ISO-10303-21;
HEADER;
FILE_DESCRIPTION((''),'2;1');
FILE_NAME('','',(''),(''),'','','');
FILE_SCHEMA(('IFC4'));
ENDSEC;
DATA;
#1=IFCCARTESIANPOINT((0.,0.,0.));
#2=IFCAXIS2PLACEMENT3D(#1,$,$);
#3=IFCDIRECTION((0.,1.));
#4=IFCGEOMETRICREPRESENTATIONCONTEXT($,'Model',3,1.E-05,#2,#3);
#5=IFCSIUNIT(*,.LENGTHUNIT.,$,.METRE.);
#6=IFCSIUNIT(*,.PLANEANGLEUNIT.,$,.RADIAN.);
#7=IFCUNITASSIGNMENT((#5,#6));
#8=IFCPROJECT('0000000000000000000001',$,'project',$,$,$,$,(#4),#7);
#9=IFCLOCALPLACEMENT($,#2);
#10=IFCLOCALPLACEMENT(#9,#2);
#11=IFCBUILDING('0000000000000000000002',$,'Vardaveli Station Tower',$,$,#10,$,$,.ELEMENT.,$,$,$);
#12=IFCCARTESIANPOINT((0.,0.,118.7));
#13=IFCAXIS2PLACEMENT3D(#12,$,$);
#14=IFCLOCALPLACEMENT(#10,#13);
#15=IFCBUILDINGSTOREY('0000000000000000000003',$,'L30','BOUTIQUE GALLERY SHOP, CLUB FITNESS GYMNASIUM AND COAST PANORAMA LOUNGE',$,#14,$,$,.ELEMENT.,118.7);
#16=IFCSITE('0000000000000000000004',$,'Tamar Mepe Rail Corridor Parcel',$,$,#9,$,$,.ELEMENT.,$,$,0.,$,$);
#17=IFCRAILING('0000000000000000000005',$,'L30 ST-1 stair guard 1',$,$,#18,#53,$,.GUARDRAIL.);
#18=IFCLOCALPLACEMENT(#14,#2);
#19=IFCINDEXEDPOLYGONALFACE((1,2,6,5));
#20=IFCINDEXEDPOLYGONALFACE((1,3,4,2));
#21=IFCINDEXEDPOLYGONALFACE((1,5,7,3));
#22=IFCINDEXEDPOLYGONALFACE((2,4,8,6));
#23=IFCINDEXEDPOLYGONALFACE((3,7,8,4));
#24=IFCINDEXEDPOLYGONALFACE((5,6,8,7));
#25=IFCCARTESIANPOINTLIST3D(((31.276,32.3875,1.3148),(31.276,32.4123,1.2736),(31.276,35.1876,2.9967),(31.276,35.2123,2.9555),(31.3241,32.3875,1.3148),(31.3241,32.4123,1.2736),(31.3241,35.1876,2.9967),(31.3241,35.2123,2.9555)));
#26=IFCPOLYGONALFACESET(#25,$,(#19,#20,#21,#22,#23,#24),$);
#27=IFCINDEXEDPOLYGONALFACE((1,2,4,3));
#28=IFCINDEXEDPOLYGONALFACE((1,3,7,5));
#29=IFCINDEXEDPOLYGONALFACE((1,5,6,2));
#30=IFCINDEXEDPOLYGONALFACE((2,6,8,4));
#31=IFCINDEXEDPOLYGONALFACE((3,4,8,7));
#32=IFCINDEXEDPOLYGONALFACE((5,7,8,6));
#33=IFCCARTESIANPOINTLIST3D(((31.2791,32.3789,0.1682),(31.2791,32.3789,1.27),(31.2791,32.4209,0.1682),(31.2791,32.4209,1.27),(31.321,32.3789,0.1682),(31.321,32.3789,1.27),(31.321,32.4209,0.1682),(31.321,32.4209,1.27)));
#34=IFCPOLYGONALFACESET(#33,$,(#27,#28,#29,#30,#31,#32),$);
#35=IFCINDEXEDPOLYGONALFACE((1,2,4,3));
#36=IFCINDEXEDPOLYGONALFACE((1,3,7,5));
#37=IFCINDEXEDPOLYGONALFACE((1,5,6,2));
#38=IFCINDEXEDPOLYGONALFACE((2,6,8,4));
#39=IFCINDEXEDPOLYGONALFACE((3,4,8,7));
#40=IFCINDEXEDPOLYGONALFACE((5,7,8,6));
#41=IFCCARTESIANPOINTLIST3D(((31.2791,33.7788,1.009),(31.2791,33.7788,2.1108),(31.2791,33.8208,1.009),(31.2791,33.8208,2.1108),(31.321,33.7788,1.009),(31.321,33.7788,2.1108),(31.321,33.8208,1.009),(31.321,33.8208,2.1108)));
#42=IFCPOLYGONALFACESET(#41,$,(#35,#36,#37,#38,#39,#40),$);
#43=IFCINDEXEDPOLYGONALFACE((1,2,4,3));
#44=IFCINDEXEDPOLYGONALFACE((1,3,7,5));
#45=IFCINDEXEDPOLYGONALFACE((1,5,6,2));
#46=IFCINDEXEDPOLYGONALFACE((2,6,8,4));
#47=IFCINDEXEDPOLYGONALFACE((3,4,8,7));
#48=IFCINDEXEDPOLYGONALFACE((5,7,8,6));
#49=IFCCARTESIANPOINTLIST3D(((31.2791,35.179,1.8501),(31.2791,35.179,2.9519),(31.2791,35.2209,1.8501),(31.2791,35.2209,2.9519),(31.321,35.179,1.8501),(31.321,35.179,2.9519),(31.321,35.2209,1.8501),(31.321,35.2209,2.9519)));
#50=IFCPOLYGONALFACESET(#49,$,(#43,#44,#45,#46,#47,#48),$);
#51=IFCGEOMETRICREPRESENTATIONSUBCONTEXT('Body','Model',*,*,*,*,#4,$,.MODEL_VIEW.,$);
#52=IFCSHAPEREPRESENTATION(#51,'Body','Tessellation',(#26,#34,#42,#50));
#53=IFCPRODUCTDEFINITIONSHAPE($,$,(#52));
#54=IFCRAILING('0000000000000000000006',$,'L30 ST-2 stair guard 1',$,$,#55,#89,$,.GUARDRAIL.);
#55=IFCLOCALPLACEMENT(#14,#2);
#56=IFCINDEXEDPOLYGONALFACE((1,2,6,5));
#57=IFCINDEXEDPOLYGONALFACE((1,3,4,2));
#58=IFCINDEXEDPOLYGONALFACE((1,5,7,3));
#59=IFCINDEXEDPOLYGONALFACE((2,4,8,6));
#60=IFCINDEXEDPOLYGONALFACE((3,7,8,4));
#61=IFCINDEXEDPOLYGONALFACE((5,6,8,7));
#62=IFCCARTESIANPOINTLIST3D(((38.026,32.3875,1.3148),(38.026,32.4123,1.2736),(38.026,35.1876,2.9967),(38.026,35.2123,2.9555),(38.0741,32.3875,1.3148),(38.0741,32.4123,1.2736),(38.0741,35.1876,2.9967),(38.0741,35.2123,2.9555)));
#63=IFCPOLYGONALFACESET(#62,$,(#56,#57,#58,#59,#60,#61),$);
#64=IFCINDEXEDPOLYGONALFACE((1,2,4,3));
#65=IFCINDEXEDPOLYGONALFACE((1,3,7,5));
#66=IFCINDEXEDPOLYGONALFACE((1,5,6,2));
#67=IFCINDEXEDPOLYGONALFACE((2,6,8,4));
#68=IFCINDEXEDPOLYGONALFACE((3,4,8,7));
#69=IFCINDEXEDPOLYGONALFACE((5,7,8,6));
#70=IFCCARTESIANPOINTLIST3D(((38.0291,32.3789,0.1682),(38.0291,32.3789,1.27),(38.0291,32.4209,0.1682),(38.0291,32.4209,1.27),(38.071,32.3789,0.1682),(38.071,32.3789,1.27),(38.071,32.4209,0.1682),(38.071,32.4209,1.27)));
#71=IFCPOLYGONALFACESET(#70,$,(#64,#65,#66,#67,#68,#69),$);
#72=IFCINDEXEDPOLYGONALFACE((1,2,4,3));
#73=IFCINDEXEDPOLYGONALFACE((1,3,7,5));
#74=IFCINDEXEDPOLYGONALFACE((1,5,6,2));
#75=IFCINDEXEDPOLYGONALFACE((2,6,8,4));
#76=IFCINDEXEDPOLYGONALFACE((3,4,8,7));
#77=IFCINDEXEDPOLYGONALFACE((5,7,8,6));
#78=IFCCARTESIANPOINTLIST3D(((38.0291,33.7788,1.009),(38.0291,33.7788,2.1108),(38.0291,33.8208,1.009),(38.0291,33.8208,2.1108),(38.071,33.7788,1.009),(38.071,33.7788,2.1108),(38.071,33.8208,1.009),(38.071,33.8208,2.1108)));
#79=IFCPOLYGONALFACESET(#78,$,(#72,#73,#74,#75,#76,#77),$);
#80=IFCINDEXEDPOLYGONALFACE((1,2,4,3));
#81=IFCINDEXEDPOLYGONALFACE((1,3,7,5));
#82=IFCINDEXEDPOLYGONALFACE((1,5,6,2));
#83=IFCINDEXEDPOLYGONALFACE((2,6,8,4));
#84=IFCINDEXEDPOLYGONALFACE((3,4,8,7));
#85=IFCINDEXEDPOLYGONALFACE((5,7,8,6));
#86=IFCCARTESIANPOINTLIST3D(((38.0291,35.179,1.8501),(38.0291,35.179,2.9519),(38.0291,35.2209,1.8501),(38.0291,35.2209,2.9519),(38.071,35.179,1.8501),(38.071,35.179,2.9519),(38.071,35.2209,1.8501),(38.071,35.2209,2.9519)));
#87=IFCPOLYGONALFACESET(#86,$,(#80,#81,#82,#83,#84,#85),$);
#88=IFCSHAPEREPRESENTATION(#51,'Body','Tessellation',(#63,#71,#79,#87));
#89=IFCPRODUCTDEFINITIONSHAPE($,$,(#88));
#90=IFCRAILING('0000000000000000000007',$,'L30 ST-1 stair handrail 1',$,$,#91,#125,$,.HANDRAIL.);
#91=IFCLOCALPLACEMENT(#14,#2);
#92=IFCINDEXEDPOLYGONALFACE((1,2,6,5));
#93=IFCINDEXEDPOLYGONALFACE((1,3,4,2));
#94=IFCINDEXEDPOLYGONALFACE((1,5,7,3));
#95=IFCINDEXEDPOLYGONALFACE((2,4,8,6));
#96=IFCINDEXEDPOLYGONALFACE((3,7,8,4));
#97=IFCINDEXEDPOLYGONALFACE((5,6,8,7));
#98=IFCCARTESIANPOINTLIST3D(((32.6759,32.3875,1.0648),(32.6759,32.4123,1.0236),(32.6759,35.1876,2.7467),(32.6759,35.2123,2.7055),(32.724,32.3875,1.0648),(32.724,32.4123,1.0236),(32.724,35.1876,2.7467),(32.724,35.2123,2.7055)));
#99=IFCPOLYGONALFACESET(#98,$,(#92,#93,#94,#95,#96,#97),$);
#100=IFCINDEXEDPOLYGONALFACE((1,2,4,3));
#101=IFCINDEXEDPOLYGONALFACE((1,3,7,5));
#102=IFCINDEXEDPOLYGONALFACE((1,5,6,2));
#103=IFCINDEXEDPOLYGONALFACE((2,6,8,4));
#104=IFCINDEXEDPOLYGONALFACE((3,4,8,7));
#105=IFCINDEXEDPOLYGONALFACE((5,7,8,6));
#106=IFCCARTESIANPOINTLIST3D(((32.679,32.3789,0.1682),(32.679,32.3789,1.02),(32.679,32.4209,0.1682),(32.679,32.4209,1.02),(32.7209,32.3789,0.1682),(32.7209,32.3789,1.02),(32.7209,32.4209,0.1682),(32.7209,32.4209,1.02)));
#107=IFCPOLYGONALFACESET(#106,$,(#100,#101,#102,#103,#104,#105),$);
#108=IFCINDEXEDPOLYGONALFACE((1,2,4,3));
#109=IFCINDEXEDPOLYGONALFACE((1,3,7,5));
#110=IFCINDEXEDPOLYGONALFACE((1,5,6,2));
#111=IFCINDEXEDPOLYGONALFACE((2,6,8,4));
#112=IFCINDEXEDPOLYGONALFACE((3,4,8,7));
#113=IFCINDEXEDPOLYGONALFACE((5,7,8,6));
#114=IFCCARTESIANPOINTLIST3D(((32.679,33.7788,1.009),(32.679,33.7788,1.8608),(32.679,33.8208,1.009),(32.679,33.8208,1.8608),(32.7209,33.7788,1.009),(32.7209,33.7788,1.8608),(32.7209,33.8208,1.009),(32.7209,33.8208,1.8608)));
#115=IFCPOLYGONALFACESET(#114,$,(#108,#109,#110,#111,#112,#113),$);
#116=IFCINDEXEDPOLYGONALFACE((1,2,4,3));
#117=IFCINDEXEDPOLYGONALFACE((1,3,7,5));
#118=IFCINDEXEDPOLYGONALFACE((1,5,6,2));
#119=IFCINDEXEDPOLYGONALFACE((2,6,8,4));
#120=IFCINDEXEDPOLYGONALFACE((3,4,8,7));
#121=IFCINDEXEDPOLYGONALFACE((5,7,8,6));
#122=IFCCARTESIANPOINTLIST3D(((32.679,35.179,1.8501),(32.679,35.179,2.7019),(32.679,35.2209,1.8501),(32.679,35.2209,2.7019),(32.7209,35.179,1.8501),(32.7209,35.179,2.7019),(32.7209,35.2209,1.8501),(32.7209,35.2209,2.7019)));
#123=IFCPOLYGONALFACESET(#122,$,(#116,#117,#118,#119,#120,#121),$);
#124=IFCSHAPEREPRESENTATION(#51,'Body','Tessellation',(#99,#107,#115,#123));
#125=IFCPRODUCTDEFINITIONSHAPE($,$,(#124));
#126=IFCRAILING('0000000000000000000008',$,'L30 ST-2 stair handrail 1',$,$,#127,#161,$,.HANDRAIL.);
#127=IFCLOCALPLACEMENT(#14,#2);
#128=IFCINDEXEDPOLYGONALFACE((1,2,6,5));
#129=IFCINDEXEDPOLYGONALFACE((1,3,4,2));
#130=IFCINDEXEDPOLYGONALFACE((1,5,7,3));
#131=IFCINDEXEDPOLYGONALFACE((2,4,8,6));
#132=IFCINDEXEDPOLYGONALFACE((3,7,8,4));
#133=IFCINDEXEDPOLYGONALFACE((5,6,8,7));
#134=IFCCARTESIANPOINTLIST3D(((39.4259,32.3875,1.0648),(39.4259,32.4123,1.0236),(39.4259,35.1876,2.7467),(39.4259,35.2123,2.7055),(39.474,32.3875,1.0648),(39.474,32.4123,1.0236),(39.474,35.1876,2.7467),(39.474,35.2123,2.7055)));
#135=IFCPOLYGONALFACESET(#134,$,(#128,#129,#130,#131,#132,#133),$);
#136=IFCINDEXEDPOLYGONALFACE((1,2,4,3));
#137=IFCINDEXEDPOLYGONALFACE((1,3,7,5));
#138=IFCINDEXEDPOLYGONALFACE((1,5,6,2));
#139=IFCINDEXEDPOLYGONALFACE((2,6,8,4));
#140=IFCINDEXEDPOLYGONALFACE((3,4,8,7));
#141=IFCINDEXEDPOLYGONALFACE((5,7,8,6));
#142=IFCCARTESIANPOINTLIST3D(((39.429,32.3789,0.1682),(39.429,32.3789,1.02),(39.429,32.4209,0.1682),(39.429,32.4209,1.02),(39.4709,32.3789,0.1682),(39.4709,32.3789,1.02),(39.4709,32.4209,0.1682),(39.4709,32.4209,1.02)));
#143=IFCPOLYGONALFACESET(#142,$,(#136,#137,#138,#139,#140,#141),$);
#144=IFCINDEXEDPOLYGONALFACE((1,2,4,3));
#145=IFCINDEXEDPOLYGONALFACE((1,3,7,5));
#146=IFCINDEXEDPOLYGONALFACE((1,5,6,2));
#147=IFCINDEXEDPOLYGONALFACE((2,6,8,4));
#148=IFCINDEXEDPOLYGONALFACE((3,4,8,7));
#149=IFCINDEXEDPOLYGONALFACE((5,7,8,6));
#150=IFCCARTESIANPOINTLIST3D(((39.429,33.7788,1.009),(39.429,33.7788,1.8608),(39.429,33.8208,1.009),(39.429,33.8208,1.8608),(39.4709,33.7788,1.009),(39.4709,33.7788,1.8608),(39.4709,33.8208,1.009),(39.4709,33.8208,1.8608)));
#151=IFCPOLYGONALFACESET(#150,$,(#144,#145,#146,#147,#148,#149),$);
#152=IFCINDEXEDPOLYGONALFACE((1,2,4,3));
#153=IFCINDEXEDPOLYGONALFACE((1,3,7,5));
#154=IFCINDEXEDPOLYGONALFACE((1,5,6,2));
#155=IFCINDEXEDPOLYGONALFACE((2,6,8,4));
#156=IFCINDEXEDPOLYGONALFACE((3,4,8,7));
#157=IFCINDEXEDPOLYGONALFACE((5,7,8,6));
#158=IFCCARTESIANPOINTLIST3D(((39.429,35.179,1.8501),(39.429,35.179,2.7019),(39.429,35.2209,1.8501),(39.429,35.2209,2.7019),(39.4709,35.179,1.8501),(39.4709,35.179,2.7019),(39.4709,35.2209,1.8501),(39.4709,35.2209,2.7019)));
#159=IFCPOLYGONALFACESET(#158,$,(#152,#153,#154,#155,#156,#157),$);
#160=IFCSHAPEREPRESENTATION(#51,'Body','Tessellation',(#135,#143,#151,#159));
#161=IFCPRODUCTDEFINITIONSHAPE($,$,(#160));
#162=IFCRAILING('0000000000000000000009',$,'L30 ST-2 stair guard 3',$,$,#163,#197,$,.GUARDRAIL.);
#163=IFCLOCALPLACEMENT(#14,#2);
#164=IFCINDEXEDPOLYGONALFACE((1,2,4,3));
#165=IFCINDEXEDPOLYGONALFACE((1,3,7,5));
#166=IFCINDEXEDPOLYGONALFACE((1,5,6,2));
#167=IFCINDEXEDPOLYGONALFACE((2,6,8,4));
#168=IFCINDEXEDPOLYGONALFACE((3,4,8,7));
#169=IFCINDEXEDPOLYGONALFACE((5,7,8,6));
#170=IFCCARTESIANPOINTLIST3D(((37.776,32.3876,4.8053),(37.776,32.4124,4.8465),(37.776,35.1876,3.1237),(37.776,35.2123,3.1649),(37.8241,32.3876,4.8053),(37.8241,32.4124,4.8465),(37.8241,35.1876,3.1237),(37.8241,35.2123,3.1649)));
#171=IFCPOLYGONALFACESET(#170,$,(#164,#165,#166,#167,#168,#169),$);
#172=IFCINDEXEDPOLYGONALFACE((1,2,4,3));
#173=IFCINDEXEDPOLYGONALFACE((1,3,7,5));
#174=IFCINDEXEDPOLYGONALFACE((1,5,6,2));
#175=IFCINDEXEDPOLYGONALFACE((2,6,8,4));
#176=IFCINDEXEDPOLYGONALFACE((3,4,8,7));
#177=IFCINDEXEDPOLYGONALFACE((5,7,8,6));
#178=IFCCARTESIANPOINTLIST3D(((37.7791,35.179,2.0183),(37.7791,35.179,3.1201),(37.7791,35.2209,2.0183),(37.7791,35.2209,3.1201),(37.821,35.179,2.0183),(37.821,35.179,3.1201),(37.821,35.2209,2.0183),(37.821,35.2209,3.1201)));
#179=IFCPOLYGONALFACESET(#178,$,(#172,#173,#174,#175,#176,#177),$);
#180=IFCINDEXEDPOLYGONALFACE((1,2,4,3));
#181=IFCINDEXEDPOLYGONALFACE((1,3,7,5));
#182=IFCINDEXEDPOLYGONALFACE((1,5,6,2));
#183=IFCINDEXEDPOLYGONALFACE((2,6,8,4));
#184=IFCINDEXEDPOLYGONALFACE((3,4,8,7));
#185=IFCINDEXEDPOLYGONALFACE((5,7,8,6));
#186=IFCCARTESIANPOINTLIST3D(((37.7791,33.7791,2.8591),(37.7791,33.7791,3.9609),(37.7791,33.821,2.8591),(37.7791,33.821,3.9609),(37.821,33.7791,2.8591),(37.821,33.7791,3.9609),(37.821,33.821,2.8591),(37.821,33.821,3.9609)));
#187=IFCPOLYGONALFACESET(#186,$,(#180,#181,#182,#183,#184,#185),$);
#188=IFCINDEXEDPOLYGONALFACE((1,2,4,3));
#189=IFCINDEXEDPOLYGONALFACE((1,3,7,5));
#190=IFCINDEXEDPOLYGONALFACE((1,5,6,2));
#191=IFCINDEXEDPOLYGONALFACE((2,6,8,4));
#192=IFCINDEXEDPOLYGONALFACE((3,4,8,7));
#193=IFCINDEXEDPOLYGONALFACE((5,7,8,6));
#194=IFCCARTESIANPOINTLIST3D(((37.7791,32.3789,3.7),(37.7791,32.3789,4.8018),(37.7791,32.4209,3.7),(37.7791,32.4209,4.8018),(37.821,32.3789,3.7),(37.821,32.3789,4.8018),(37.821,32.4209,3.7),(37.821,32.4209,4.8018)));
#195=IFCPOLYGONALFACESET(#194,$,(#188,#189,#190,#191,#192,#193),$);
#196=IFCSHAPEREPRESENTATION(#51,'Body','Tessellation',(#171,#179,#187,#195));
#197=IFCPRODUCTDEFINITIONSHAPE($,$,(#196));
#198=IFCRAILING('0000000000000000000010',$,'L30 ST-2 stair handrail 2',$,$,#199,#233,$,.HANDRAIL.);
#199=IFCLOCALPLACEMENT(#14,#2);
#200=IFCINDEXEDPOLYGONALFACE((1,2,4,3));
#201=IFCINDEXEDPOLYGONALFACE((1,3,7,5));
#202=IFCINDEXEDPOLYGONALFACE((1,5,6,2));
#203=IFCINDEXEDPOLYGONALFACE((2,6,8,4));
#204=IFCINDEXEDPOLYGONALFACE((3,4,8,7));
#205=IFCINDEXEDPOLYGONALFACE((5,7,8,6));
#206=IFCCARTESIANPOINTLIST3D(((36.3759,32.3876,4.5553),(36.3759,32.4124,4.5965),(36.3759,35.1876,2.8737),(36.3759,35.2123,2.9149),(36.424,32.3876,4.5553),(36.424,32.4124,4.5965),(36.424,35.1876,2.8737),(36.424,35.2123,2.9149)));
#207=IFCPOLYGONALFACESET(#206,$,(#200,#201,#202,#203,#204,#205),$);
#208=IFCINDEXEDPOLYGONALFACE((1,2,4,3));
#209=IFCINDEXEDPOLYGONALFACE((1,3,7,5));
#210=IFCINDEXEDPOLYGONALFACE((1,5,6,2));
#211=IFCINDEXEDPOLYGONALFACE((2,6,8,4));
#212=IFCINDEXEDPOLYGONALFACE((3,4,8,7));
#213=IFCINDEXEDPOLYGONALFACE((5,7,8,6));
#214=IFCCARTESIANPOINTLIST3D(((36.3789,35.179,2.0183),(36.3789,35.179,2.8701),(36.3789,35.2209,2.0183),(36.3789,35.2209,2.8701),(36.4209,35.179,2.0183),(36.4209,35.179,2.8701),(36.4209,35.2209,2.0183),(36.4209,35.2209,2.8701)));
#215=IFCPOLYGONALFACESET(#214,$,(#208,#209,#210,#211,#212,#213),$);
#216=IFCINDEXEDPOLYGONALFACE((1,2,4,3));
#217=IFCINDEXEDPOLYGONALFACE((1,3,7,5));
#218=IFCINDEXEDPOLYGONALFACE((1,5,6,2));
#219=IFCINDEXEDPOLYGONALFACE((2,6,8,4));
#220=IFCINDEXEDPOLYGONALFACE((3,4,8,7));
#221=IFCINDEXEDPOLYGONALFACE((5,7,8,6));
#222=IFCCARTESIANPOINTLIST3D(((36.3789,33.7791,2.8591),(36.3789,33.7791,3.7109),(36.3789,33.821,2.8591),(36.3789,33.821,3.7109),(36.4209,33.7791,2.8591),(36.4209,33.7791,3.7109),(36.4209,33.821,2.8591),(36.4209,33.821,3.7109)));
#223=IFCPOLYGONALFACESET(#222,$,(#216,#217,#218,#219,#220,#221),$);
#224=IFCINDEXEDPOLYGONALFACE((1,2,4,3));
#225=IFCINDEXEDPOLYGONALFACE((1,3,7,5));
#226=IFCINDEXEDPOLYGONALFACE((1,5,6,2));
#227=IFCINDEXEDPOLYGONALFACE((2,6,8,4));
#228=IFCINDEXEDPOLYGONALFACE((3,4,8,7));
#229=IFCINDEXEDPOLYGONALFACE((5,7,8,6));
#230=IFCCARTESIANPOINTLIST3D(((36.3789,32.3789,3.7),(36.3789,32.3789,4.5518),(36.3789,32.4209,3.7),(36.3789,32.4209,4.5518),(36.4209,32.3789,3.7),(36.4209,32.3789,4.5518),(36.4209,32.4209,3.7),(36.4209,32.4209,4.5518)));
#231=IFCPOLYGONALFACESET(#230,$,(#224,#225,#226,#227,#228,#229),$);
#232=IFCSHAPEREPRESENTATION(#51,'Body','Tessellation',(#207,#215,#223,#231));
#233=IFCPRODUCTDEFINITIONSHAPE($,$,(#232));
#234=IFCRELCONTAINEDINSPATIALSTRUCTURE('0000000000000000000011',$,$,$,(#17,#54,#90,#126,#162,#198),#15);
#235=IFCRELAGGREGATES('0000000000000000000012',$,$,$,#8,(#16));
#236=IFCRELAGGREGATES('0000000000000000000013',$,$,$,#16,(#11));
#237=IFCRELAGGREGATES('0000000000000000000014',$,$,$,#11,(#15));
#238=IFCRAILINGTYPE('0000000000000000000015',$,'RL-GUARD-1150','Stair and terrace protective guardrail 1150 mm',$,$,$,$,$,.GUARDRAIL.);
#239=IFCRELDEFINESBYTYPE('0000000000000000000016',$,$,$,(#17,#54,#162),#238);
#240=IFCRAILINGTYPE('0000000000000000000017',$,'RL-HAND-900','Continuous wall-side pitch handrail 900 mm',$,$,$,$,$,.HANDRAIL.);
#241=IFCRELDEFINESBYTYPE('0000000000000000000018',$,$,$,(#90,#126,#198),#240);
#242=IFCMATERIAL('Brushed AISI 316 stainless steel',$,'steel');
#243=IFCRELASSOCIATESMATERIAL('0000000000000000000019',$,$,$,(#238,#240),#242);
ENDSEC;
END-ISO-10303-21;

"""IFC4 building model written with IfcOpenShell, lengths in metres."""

from ifc_helpers import new_model, si_unit, direction, frame, origin, origin_2d, place, context, subcontext, project, spatial, rectangle, extrude, source, transform, mapped, material, type_object, element, save


model = new_model("IFC4")

# Units and contexts
model_context = context("Model", 3, precision=1e-05, world=origin(), true_north=direction((0.0, 1.0)))
body_context = subcontext(model_context, "Body", "Model", "MODEL_VIEW")
ifc_project = project(units=[si_unit("LENGTHUNIT", "METRE"), si_unit("PLANEANGLEUNIT", "RADIAN")], contexts=[model_context])

# Site, building, storey
site_placement = place(None, origin())
site = spatial("IfcSite", under=ifc_project, at=site_placement, Name="Tamar Mepe Rail Corridor Parcel", CompositionType="ELEMENT", RefElevation=0.0)
building_placement = place(site_placement, origin())
building = spatial("IfcBuilding", under=site, at=building_placement, Name="Vardaveli Station Tower", CompositionType="ELEMENT")
storey_placement = place(building_placement, frame((0.0, 0.0, 118.7)))
storey = spatial("IfcBuildingStorey", under=building, at=storey_placement, Name="L30", Description="BOUTIQUE GALLERY SHOP, CLUB FITNESS GYMNASIUM AND COAST PANORAMA LOUNGE", CompositionType="ELEMENT", Elevation=118.7)

# Railings
ifc_material_1 = material(Name="Brushed AISI 316 stainless steel", Category="steel")
railing_type_1 = type_object("IfcRailingType", Name="RL-GUARD-1150", Description="Stair and terrace protective guardrail 1150 mm", PredefinedType="GUARDRAIL", material=ifc_material_1)
shared_shape_1 = source(origin(), body_context, "Body", "SweptSolid", [
    extrude(rectangle(XDim=0.0481, YDim=0.0481, at=origin_2d()), frame((0.0, 0.0, 1.126), z_axis=(0.0, 0.857242, 0.514913), x_axis=(-1.0, 0.0, 0.0)), (0.0, 0.0, 1.0), 3.2664),
    extrude(rectangle(XDim=0.042, YDim=0.042, at=origin_2d()), origin(), (0.0, 0.0, 1.0), 1.1018),
    extrude(rectangle(XDim=0.042, YDim=0.042, at=origin_2d()), frame((0.0, 1.3999, 0.8408)), (0.0, 0.0, 1.0), 1.1018),
    extrude(rectangle(XDim=0.042, YDim=0.042, at=origin_2d()), frame((0.0, 2.8, 1.6819)), (0.0, 0.0, 1.0), 1.1018),
])
for number, where, name in (
    (1, (31.3, 32.3999, 0.1682), "L30 ST-1 stair guard 1"),
    (2, (38.05, 32.3999, 0.1682), "L30 ST-2 stair guard 1"),
):
    element("IfcRailing", number, at=place(storey_placement, frame(where)), inside=storey, type_object=railing_type_1, Name=name, PredefinedType="GUARDRAIL", context=body_context, shape_type="MappedRepresentation", body=[
        mapped(shared_shape_1, transform((0.0, 0.0, 0.0), scale=1.0)),
    ])
railing_type_2 = type_object("IfcRailingType", Name="RL-HAND-900", Description="Continuous wall-side pitch handrail 900 mm", PredefinedType="HANDRAIL", material=ifc_material_1)
shared_shape_2 = source(origin(), body_context, "Body", "SweptSolid", [
    extrude(rectangle(XDim=0.0481, YDim=0.0481, at=origin_2d()), frame((0.0, 0.0, 0.876), z_axis=(0.0, 0.857242, 0.514913), x_axis=(-1.0, 0.0, 0.0)), (0.0, 0.0, 1.0), 3.2664),
    extrude(rectangle(XDim=0.042, YDim=0.042, at=origin_2d()), origin(), (0.0, 0.0, 1.0), 0.8518),
    extrude(rectangle(XDim=0.042, YDim=0.042, at=origin_2d()), frame((0.0, 1.3999, 0.8408)), (0.0, 0.0, 1.0), 0.8518),
    extrude(rectangle(XDim=0.042, YDim=0.042, at=origin_2d()), frame((0.0, 2.8, 1.6819)), (0.0, 0.0, 1.0), 0.8518),
])
for number, where, name in (
    (3, (32.7, 32.3999, 0.1682), "L30 ST-1 stair handrail 1"),
    (4, (39.45, 32.3999, 0.1682), "L30 ST-2 stair handrail 1"),
):
    element("IfcRailing", number, at=place(storey_placement, frame(where)), inside=storey, type_object=railing_type_2, Name=name, PredefinedType="HANDRAIL", context=body_context, shape_type="MappedRepresentation", body=[
        mapped(shared_shape_2, transform((0.0, 0.0, 0.0), scale=1.0)),
    ])
shared_shape_3 = source(origin(), body_context, "Body", "SweptSolid", [
    extrude(rectangle(XDim=0.0481, YDim=0.0481, at=origin_2d()), frame((0.0, 0.0, 1.126), z_axis=(0.0, -0.857275, 0.514858), x_axis=(1.0, 0.0, 0.0)), (0.0, 0.0, 1.0), 3.2661),
    extrude(rectangle(XDim=0.042, YDim=0.042, at=origin_2d()), origin(), (0.0, 0.0, 1.0), 1.1018),
    extrude(rectangle(XDim=0.042, YDim=0.042, at=origin_2d()), frame((0.0, -1.3999, 0.8408)), (0.0, 0.0, 1.0), 1.1018),
    extrude(rectangle(XDim=0.042, YDim=0.042, at=origin_2d()), frame((0.0, -2.8, 1.6816)), (0.0, 0.0, 1.0), 1.1018),
])
railing_1_placement = place(storey_placement, frame((37.8, 35.2, 2.0183)))
element("IfcRailing", 5, at=railing_1_placement, inside=storey, type_object=railing_type_1, Name="L30 ST-2 stair guard 3", PredefinedType="GUARDRAIL", context=body_context, shape_type="MappedRepresentation", body=[
    mapped(shared_shape_3, transform((0.0, 0.0, 0.0), scale=1.0)),
])
shared_shape_4 = source(origin(), body_context, "Body", "SweptSolid", [
    extrude(rectangle(XDim=0.0481, YDim=0.0481, at=origin_2d()), frame((0.0, 0.0, 0.876), z_axis=(0.0, -0.857275, 0.514858), x_axis=(1.0, 0.0, 0.0)), (0.0, 0.0, 1.0), 3.2661),
    extrude(rectangle(XDim=0.042, YDim=0.042, at=origin_2d()), origin(), (0.0, 0.0, 1.0), 0.8518),
    extrude(rectangle(XDim=0.042, YDim=0.042, at=origin_2d()), frame((0.0, -1.3999, 0.8408)), (0.0, 0.0, 1.0), 0.8518),
    extrude(rectangle(XDim=0.042, YDim=0.042, at=origin_2d()), frame((0.0, -2.8, 1.6816)), (0.0, 0.0, 1.0), 0.8518),
])
railing_2_placement = place(storey_placement, frame((36.3999, 35.2, 2.0183)))
element("IfcRailing", 6, at=railing_2_placement, inside=storey, type_object=railing_type_2, Name="L30 ST-2 stair handrail 2", PredefinedType="HANDRAIL", context=body_context, shape_type="MappedRepresentation", body=[
    mapped(shared_shape_4, transform((0.0, 0.0, 0.0), scale=1.0)),
])

save(model, "model.ifc")
